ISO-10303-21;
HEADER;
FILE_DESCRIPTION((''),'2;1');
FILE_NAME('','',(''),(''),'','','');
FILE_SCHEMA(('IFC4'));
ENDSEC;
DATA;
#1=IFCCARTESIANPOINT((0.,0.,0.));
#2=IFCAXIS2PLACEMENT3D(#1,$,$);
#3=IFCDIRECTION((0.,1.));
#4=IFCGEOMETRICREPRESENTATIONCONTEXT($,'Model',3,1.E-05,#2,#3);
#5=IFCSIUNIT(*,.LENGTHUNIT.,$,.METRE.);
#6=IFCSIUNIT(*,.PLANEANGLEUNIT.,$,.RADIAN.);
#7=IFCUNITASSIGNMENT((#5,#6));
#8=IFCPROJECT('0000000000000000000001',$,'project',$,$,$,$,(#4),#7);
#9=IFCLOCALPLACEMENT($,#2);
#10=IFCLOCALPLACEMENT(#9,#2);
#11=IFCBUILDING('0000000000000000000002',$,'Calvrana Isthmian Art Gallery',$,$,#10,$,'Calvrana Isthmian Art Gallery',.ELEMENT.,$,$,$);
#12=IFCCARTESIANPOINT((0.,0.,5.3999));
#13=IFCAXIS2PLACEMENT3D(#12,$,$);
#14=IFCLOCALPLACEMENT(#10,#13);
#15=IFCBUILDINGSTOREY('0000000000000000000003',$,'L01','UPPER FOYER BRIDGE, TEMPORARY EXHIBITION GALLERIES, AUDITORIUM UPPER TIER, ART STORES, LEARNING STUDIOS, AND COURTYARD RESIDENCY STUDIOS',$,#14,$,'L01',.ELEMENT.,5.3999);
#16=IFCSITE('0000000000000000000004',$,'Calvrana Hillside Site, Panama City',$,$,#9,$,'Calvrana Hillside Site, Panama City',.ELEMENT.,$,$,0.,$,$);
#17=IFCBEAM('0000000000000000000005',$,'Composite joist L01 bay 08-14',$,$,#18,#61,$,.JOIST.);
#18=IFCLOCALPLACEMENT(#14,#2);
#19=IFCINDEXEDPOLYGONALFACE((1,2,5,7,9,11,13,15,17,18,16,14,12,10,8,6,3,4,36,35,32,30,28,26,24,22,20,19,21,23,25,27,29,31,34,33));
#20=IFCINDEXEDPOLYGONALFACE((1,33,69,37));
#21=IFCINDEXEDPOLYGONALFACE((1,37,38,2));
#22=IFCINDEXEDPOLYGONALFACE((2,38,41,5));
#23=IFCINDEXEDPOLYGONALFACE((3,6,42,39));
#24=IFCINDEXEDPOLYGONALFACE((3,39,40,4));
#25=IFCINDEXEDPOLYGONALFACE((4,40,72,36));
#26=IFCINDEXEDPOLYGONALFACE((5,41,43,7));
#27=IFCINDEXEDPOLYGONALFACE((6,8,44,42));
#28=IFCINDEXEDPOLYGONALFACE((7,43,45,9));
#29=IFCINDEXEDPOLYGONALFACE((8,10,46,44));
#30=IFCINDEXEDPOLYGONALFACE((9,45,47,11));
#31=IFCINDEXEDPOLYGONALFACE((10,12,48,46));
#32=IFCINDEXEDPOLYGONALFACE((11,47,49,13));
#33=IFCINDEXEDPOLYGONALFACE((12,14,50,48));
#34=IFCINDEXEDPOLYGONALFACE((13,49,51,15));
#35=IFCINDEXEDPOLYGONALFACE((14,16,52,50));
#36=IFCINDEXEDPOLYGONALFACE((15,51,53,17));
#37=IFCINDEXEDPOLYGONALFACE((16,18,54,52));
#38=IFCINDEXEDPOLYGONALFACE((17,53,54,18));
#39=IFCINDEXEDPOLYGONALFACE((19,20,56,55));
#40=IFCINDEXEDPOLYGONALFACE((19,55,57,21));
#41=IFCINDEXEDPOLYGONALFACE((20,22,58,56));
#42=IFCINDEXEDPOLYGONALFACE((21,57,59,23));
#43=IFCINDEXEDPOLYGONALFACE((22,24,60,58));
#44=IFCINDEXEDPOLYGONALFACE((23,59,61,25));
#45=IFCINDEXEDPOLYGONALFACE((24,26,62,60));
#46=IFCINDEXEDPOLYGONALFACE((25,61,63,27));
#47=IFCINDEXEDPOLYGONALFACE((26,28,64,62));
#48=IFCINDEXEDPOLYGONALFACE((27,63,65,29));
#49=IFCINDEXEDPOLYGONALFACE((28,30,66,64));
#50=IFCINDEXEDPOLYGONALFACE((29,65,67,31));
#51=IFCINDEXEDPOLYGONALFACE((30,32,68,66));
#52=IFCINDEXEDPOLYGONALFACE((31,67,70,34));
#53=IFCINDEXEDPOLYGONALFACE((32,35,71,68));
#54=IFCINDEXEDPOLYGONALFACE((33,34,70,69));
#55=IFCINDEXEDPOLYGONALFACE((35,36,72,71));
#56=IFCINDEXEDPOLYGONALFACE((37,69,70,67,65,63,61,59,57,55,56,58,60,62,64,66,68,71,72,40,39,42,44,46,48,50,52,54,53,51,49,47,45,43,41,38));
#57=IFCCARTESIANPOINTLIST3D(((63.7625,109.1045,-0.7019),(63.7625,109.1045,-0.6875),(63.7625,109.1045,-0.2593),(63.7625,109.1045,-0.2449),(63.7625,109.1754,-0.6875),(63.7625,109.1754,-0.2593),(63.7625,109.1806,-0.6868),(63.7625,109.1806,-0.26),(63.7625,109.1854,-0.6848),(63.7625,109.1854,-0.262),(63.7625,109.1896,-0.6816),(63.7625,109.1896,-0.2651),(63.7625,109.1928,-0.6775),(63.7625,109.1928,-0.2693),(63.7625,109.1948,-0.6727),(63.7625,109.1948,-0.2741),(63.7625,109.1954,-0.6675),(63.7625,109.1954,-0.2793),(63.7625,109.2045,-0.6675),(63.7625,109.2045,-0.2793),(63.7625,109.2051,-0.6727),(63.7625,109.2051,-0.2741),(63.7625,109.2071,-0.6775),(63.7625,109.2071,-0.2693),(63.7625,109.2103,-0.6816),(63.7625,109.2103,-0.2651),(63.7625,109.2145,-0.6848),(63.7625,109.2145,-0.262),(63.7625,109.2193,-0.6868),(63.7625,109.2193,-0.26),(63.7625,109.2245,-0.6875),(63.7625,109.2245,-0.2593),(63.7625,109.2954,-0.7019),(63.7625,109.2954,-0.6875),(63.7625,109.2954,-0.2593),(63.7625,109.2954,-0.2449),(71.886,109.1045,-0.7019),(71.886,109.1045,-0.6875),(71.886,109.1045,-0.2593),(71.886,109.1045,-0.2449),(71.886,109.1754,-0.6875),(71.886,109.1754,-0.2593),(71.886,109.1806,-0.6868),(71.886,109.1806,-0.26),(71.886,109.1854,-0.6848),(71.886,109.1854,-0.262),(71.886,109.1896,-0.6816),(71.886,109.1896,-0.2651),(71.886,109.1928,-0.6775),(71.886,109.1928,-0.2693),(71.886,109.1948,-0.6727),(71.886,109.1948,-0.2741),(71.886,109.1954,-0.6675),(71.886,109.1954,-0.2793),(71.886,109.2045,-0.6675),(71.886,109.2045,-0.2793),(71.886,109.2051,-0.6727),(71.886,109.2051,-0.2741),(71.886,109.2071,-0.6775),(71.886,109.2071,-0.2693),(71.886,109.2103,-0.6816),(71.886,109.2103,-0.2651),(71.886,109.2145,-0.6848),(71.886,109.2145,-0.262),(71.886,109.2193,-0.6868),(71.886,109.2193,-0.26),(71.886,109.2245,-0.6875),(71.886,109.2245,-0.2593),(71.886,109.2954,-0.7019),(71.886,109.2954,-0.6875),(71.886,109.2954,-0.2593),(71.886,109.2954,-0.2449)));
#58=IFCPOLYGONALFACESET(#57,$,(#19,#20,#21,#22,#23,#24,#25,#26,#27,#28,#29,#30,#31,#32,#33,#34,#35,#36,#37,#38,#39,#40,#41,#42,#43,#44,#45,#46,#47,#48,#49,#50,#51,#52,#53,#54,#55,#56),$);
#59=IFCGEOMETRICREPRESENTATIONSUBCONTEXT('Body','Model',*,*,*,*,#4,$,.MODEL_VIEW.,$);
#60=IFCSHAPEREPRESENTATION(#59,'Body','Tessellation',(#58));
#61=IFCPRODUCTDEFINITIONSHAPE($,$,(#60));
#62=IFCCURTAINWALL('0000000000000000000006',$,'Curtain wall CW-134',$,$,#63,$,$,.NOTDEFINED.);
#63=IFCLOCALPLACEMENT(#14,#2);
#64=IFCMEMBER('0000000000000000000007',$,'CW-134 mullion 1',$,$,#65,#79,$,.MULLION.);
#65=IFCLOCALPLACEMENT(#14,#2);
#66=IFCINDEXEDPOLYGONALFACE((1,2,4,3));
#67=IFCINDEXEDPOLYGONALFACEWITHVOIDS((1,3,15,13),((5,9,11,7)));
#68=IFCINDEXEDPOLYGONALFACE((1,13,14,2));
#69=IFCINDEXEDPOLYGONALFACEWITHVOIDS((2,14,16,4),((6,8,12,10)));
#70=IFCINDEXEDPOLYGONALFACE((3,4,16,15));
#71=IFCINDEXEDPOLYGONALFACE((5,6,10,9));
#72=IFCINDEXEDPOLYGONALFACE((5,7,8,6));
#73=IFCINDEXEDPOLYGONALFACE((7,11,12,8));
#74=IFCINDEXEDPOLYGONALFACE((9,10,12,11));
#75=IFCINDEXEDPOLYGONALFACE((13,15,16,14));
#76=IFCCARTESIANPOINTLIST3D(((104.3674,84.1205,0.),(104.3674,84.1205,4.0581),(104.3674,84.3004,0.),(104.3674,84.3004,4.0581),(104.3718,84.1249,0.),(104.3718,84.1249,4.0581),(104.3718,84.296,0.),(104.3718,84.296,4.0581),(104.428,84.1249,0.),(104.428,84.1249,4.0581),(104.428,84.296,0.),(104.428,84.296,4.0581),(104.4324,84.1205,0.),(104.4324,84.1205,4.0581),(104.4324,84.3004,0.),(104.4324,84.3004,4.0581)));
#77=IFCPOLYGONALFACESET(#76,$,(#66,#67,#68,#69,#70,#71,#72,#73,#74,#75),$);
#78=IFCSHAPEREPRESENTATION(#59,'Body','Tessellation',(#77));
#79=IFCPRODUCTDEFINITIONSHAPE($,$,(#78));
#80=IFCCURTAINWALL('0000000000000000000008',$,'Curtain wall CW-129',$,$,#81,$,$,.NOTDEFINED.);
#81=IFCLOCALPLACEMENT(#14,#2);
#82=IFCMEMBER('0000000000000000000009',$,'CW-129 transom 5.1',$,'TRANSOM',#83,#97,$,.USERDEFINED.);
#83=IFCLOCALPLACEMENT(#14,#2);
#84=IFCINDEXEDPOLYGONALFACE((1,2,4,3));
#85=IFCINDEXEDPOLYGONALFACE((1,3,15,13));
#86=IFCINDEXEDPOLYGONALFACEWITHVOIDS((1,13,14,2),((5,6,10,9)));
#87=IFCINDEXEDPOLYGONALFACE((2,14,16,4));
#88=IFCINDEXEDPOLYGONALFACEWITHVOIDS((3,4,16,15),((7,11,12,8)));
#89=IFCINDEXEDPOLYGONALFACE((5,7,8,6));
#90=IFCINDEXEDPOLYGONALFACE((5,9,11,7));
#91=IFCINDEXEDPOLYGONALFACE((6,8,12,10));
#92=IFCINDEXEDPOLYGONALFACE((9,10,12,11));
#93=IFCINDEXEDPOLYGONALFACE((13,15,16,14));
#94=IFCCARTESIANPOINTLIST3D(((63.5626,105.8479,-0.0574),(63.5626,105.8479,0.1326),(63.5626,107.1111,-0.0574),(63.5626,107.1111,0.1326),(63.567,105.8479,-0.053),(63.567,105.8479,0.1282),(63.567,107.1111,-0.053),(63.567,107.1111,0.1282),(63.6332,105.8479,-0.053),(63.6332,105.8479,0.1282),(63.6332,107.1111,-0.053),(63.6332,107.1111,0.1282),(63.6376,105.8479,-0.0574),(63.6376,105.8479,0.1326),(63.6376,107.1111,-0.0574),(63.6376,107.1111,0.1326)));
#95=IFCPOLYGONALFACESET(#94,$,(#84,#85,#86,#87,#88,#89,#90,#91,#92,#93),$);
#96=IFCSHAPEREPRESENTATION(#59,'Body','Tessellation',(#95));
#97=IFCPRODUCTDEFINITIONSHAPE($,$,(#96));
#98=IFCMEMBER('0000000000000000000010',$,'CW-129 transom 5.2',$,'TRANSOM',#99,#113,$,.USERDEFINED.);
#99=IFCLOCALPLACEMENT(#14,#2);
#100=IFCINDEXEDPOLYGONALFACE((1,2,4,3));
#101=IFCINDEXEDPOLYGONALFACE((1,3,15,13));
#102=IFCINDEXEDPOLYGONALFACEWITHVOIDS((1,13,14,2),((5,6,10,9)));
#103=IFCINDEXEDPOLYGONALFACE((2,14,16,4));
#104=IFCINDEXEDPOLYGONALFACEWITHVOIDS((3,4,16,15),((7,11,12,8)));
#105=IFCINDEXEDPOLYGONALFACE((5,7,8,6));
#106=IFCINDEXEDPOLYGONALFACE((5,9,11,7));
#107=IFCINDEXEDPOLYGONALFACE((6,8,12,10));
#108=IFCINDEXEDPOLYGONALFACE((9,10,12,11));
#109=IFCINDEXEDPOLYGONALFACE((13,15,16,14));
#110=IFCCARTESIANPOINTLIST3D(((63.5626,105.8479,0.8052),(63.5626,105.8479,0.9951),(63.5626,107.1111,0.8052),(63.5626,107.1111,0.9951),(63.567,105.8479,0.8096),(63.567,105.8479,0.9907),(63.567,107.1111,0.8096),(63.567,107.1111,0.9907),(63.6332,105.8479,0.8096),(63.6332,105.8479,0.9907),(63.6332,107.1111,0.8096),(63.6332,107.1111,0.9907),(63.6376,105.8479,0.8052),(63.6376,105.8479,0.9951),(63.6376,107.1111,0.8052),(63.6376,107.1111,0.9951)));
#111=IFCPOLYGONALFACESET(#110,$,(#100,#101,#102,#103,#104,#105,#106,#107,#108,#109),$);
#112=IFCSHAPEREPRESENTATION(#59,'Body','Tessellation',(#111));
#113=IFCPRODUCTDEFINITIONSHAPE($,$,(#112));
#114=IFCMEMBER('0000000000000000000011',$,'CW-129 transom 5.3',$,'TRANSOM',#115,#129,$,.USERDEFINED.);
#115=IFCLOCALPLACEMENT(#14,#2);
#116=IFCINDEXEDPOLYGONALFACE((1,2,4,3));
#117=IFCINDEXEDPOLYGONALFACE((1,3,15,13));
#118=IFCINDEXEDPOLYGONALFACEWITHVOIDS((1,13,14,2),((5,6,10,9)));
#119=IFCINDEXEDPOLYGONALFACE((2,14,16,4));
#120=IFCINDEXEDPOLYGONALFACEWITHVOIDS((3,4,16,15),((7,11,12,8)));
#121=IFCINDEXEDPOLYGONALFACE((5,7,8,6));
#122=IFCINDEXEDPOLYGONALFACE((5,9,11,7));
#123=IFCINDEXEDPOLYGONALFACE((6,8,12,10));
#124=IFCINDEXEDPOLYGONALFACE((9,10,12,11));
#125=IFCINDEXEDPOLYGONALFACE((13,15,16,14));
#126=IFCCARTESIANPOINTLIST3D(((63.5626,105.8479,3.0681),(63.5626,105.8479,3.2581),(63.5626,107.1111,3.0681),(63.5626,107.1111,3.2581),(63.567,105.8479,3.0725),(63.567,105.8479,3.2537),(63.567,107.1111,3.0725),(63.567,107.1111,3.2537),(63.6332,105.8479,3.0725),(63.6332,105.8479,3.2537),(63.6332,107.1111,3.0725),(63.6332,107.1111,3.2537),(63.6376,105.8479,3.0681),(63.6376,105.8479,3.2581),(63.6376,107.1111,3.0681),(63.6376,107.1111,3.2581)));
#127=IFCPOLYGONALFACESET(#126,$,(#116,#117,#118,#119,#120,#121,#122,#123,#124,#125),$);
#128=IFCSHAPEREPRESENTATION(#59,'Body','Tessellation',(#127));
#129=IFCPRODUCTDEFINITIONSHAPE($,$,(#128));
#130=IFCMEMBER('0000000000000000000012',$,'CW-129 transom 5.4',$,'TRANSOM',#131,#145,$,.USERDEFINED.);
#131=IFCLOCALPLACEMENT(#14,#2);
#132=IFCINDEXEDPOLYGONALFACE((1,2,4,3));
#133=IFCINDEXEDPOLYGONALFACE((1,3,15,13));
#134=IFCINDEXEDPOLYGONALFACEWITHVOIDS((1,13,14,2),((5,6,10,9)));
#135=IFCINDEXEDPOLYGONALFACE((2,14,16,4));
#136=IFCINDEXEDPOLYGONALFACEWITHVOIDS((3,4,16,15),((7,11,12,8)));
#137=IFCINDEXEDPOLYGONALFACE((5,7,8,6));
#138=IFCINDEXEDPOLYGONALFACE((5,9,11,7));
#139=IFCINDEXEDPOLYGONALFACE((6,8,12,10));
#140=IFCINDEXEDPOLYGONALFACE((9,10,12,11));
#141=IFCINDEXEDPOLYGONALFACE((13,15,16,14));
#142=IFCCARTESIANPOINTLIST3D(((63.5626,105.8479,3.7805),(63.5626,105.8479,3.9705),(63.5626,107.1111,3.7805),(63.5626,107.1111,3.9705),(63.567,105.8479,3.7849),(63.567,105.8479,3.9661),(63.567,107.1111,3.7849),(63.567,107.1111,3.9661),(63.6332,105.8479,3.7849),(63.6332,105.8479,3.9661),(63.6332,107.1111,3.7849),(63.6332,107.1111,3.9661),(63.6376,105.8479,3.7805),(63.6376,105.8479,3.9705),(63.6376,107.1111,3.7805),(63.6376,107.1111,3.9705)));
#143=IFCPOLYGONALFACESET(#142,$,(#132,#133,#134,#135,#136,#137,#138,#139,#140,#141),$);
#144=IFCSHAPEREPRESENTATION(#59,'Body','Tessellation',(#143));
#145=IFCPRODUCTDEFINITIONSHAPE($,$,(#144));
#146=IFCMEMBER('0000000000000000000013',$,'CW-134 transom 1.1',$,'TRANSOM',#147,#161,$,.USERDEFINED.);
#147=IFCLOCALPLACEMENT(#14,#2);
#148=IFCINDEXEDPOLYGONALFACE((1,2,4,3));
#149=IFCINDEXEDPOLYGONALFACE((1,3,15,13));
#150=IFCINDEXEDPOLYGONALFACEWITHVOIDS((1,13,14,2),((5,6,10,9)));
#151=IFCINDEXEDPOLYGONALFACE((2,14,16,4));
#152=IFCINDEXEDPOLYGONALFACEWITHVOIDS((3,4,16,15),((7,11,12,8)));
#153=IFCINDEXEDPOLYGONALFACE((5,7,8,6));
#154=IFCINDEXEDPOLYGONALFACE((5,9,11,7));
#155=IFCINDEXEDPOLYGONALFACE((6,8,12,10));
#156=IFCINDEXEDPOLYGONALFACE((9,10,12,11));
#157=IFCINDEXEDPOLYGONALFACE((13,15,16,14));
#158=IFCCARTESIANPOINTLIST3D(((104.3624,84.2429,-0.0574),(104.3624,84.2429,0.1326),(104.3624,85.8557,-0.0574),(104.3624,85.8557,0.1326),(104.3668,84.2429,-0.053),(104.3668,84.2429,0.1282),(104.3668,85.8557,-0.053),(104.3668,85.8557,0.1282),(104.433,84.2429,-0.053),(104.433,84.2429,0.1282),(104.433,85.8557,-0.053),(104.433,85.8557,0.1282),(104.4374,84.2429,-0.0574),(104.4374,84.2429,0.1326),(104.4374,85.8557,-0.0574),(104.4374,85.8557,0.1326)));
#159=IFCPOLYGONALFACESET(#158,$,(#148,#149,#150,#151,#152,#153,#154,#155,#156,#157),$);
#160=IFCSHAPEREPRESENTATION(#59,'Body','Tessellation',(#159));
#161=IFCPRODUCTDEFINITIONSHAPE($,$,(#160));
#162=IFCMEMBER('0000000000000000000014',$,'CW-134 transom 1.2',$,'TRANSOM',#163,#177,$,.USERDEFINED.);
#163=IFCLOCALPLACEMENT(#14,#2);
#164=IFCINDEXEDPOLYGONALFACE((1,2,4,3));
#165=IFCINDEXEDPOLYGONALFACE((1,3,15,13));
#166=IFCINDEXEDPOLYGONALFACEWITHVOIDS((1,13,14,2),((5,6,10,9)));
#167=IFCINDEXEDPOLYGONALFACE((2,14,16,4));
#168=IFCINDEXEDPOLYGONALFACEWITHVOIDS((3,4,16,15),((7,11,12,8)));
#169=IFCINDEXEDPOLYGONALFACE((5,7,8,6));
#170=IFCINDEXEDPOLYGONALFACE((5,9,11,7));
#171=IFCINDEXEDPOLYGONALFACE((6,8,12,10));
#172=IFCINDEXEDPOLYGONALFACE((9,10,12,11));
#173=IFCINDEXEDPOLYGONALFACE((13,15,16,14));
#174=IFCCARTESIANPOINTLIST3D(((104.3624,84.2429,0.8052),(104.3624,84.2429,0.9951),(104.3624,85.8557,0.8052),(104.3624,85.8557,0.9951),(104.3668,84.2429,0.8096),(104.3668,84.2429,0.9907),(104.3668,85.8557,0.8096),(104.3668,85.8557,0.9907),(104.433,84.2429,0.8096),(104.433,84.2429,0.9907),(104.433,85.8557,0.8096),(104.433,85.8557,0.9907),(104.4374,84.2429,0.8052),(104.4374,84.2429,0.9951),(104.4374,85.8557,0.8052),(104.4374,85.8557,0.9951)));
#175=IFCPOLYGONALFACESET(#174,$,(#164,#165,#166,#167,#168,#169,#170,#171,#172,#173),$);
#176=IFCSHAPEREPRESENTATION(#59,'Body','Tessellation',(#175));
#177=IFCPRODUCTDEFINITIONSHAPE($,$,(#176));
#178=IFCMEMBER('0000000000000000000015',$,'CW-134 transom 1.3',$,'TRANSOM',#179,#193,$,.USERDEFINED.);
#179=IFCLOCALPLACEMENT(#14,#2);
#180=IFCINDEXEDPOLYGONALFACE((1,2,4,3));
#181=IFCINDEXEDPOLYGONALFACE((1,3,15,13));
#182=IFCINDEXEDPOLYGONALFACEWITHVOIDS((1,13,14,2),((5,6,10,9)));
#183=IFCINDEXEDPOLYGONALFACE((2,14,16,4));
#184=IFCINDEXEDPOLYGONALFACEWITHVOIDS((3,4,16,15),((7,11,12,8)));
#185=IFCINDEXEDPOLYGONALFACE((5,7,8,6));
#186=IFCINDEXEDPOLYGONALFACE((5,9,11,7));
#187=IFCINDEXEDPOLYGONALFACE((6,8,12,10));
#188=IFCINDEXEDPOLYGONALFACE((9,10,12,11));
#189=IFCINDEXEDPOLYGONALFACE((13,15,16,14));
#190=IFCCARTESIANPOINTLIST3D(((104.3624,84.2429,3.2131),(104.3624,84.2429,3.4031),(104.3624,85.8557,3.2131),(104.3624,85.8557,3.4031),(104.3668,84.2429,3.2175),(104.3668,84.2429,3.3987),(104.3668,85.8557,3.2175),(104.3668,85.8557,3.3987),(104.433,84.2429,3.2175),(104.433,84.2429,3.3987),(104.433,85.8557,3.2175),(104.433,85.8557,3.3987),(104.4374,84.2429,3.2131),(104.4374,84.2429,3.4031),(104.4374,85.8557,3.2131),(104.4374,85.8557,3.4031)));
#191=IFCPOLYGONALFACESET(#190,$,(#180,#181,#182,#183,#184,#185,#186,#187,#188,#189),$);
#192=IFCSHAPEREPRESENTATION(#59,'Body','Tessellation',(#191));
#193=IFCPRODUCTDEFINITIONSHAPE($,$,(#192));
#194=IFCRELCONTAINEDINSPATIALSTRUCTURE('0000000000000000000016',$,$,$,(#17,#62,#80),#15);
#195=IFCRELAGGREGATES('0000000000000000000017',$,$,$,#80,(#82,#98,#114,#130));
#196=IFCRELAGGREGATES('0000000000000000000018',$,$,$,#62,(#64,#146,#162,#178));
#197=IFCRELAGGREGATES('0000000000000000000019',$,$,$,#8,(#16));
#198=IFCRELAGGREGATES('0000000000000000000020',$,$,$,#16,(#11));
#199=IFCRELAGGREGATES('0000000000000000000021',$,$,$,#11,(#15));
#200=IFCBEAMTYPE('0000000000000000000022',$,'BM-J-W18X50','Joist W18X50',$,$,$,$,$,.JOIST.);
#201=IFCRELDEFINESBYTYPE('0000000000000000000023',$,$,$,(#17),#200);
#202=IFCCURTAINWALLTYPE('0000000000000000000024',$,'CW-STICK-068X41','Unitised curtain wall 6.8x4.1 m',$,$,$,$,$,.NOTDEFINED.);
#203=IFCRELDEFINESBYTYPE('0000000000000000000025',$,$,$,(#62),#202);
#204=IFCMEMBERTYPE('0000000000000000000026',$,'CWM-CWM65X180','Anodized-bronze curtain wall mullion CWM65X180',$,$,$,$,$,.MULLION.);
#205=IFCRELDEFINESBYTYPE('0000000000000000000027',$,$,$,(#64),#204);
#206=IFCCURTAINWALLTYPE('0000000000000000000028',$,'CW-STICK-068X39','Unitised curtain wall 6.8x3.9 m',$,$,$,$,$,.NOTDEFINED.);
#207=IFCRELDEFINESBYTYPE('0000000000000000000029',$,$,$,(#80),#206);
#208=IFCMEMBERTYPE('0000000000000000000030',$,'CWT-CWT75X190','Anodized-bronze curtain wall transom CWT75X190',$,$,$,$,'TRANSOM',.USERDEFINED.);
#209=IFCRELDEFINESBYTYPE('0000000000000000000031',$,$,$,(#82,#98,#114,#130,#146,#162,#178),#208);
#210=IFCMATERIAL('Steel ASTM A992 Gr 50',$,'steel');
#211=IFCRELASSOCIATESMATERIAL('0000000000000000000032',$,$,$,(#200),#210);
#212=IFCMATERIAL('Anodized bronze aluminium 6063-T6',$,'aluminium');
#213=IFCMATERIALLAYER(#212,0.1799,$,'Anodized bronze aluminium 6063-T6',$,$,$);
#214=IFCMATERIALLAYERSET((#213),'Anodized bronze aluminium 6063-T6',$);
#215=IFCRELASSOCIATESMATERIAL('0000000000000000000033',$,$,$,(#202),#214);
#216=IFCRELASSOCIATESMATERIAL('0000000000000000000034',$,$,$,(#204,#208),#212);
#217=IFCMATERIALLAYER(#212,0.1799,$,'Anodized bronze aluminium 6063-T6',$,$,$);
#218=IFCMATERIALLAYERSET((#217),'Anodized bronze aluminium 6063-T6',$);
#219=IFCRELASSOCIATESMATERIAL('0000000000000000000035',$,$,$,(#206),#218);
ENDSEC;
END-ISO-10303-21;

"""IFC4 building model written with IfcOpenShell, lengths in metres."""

from ifc_helpers import new_model, si_unit, direction, frame, origin, origin_2d, place, context, subcontext, project, spatial, hollow_rectangle, i_section, extrude, material, layer, layer_set, material_profile, profile_set, type_object, element, aggregate, save


model = new_model("IFC4")

# Units and contexts
model_context = context("Model", 3, precision=1e-05, world=origin(), true_north=direction((0.0, 1.0)))
body_context = subcontext(model_context, "Body", "Model", "MODEL_VIEW")
ifc_project = project(units=[si_unit("LENGTHUNIT", "METRE"), si_unit("PLANEANGLEUNIT", "RADIAN")], contexts=[model_context])

# Site, building, storey
site_placement = place(None, origin())
site = spatial("IfcSite", under=ifc_project, at=site_placement, Name="Calvrana Hillside Site, Panama City", LongName="Calvrana Hillside Site, Panama City", CompositionType="ELEMENT", RefElevation=0.0)
building_placement = place(site_placement, origin())
building = spatial("IfcBuilding", under=site, at=building_placement, Name="Calvrana Isthmian Art Gallery", LongName="Calvrana Isthmian Art Gallery", CompositionType="ELEMENT")
storey_placement = place(building_placement, frame((0.0, 0.0, 5.3999)))
storey = spatial("IfcBuildingStorey", under=building, at=storey_placement, Name="L01", Description="UPPER FOYER BRIDGE, TEMPORARY EXHIBITION GALLERIES, AUDITORIUM UPPER TIER, ART STORES, LEARNING STUDIOS, AND COURTYARD RESIDENCY STUDIOS", LongName="L01", CompositionType="ELEMENT", Elevation=5.3999)

# Shared definitions
ifc_material_1 = material(Name="Steel ASTM A992 Gr 50", Category="steel")

# Beam
ifc_material_profile_1 = material_profile(ifc_material_1, i_section(OverallWidth=0.1909, OverallDepth=0.457, WebThickness=0.009, FlangeThickness=0.0144, FilletRadius=0.02, at=origin_2d()), Name="W18X50")
ifc_profile_set_1 = profile_set([ifc_material_profile_1], Name="Steel ASTM A992 Gr 50")
beam_type_1 = type_object("IfcBeamType", Name="BM-J-W18X50", Description="Joist W18X50", PredefinedType="JOIST", material=ifc_profile_set_1)
beam_1_placement = place(storey_placement, frame((63.7625, 109.2, -0.4734), z_axis=(1.0, 0.0, 0.0), x_axis=(0.0, 1.0, 0.0)))
element("IfcBeam", 1, at=beam_1_placement, inside=storey, type_object=beam_type_1, Name="Composite joist L01 bay 08-14", PredefinedType="JOIST", context=body_context, shape_type="SweptSolid", body=[
    extrude(i_section(OverallWidth=0.1909, OverallDepth=0.457, WebThickness=0.009, FlangeThickness=0.0144, FilletRadius=0.02, at=origin_2d()), origin(), (0.0, 0.0, 1.0), 8.1235),
])

# Curtain wall, member
ifc_material_2 = material(Name="Anodized bronze aluminium 6063-T6", Category="aluminium")
ifc_layer_1 = layer(ifc_material_2, 0.1799, Name="Anodized bronze aluminium 6063-T6")
ifc_layer_set_1 = layer_set([ifc_layer_1], Name="Anodized bronze aluminium 6063-T6")
curtain_wall_type_1 = type_object("IfcCurtainWallType", Name="CW-STICK-068X41", Description="Unitised curtain wall 6.8x4.1 m", PredefinedType="NOTDEFINED", material=ifc_layer_set_1)
curtain_wall_1_placement = place(storey_placement, origin())
curtain_wall_1 = element("IfcCurtainWall", 2, at=curtain_wall_1_placement, inside=storey, type_object=curtain_wall_type_1, Name="Curtain wall CW-134", PredefinedType="NOTDEFINED")
ifc_material_profile_2 = material_profile(ifc_material_2, hollow_rectangle(XDim=0.0649, YDim=0.1799, WallThickness=0.0044, at=origin_2d()), Name="CWM65X180")
ifc_profile_set_2 = profile_set([ifc_material_profile_2], Name="Anodized bronze aluminium 6063-T6")
member_type_1 = type_object("IfcMemberType", Name="CWM-CWM65X180", Description="Anodized-bronze curtain wall mullion CWM65X180", PredefinedType="MULLION", material=ifc_profile_set_2)
member_1_placement = place(storey_placement, frame((104.3999, 84.2104, 0.0), z_axis=(0.0, 0.0, 1.0), x_axis=(-1.0, 0.0, 0.0)))
member_1 = element("IfcMember", 3, at=member_1_placement, type_object=member_type_1, Name="CW-134 mullion 1", PredefinedType="MULLION", context=body_context, shape_type="SweptSolid", body=[
    extrude(hollow_rectangle(XDim=0.0649, YDim=0.1799, WallThickness=0.0044, at=origin_2d()), origin(), (0.0, 0.0, 1.0), 4.0581),
])

# Curtain wall, members
ifc_layer_2 = layer(ifc_material_2, 0.1799, Name="Anodized bronze aluminium 6063-T6")
ifc_layer_set_2 = layer_set([ifc_layer_2], Name="Anodized bronze aluminium 6063-T6")
curtain_wall_type_2 = type_object("IfcCurtainWallType", Name="CW-STICK-068X39", Description="Unitised curtain wall 6.8x3.9 m", PredefinedType="NOTDEFINED", material=ifc_layer_set_2)
curtain_wall_2_placement = place(storey_placement, origin())
curtain_wall_2 = element("IfcCurtainWall", 4, at=curtain_wall_2_placement, inside=storey, type_object=curtain_wall_type_2, Name="Curtain wall CW-129", PredefinedType="NOTDEFINED")
ifc_material_profile_3 = material_profile(ifc_material_2, hollow_rectangle(XDim=0.075, YDim=0.1899, WallThickness=0.0044, at=origin_2d()), Name="CWT75X190")
ifc_profile_set_3 = profile_set([ifc_material_profile_3], Name="Anodized bronze aluminium 6063-T6")
member_type_2 = type_object("IfcMemberType", Name="CWT-CWT75X190", Description="Anodized-bronze curtain wall transom CWT75X190", ElementType="TRANSOM", PredefinedType="USERDEFINED", material=ifc_profile_set_3)
member_2_placement = place(storey_placement, frame((63.6001, 107.1111, 0.0376), z_axis=(0.0, -1.0, 0.0), x_axis=(1.0, 0.0, 0.0)))
member_2 = element("IfcMember", 5, at=member_2_placement, type_object=member_type_2, Name="CW-129 transom 5.1", ObjectType="TRANSOM", PredefinedType="USERDEFINED", context=body_context, shape_type="SweptSolid", body=[
    extrude(hollow_rectangle(XDim=0.075, YDim=0.1899, WallThickness=0.0044, at=origin_2d()), origin(), (0.0, 0.0, 1.0), 1.2632),
])
member_3_placement = place(storey_placement, frame((63.6001, 107.1111, 0.9001), z_axis=(0.0, -1.0, 0.0), x_axis=(1.0, 0.0, 0.0)))
member_3 = element("IfcMember", 6, at=member_3_placement, type_object=member_type_2, Name="CW-129 transom 5.2", ObjectType="TRANSOM", PredefinedType="USERDEFINED", context=body_context, shape_type="SweptSolid", body=[
    extrude(hollow_rectangle(XDim=0.075, YDim=0.1899, WallThickness=0.0044, at=origin_2d()), origin(), (0.0, 0.0, 1.0), 1.2632),
])
member_4_placement = place(storey_placement, frame((63.6001, 107.1111, 3.1631), z_axis=(0.0, -1.0, 0.0), x_axis=(1.0, 0.0, 0.0)))
member_4 = element("IfcMember", 7, at=member_4_placement, type_object=member_type_2, Name="CW-129 transom 5.3", ObjectType="TRANSOM", PredefinedType="USERDEFINED", context=body_context, shape_type="SweptSolid", body=[
    extrude(hollow_rectangle(XDim=0.075, YDim=0.1899, WallThickness=0.0044, at=origin_2d()), origin(), (0.0, 0.0, 1.0), 1.2632),
])
member_5_placement = place(storey_placement, frame((63.6001, 107.1111, 3.8755), z_axis=(0.0, -1.0, 0.0), x_axis=(1.0, 0.0, 0.0)))
member_5 = element("IfcMember", 8, at=member_5_placement, type_object=member_type_2, Name="CW-129 transom 5.4", ObjectType="TRANSOM", PredefinedType="USERDEFINED", context=body_context, shape_type="SweptSolid", body=[
    extrude(hollow_rectangle(XDim=0.075, YDim=0.1899, WallThickness=0.0044, at=origin_2d()), origin(), (0.0, 0.0, 1.0), 1.2632),
])

# Members
member_6_placement = place(storey_placement, frame((104.3999, 84.2429, 0.0376), z_axis=(0.0, 1.0, 0.0), x_axis=(-1.0, 0.0, 0.0)))
member_6 = element("IfcMember", 9, at=member_6_placement, type_object=member_type_2, Name="CW-134 transom 1.1", ObjectType="TRANSOM", PredefinedType="USERDEFINED", context=body_context, shape_type="SweptSolid", body=[
    extrude(hollow_rectangle(XDim=0.075, YDim=0.1899, WallThickness=0.0044, at=origin_2d()), origin(), (0.0, 0.0, 1.0), 1.6128),
])
member_7_placement = place(storey_placement, frame((104.3999, 84.2429, 0.9001), z_axis=(0.0, 1.0, 0.0), x_axis=(-1.0, 0.0, 0.0)))
member_7 = element("IfcMember", 10, at=member_7_placement, type_object=member_type_2, Name="CW-134 transom 1.2", ObjectType="TRANSOM", PredefinedType="USERDEFINED", context=body_context, shape_type="SweptSolid", body=[
    extrude(hollow_rectangle(XDim=0.075, YDim=0.1899, WallThickness=0.0044, at=origin_2d()), origin(), (0.0, 0.0, 1.0), 1.6128),
])
member_8_placement = place(storey_placement, frame((104.3999, 84.2429, 3.3081), z_axis=(0.0, 1.0, 0.0), x_axis=(-1.0, 0.0, 0.0)))
member_8 = element("IfcMember", 11, at=member_8_placement, type_object=member_type_2, Name="CW-134 transom 1.3", ObjectType="TRANSOM", PredefinedType="USERDEFINED", context=body_context, shape_type="SweptSolid", body=[
    extrude(hollow_rectangle(XDim=0.075, YDim=0.1899, WallThickness=0.0044, at=origin_2d()), origin(), (0.0, 0.0, 1.0), 1.6128),
])

aggregate(curtain_wall_2, [member_2, member_3, member_4, member_5])
aggregate(curtain_wall_1, [member_1, member_6, member_7, member_8])

save(model, "model.ifc")
